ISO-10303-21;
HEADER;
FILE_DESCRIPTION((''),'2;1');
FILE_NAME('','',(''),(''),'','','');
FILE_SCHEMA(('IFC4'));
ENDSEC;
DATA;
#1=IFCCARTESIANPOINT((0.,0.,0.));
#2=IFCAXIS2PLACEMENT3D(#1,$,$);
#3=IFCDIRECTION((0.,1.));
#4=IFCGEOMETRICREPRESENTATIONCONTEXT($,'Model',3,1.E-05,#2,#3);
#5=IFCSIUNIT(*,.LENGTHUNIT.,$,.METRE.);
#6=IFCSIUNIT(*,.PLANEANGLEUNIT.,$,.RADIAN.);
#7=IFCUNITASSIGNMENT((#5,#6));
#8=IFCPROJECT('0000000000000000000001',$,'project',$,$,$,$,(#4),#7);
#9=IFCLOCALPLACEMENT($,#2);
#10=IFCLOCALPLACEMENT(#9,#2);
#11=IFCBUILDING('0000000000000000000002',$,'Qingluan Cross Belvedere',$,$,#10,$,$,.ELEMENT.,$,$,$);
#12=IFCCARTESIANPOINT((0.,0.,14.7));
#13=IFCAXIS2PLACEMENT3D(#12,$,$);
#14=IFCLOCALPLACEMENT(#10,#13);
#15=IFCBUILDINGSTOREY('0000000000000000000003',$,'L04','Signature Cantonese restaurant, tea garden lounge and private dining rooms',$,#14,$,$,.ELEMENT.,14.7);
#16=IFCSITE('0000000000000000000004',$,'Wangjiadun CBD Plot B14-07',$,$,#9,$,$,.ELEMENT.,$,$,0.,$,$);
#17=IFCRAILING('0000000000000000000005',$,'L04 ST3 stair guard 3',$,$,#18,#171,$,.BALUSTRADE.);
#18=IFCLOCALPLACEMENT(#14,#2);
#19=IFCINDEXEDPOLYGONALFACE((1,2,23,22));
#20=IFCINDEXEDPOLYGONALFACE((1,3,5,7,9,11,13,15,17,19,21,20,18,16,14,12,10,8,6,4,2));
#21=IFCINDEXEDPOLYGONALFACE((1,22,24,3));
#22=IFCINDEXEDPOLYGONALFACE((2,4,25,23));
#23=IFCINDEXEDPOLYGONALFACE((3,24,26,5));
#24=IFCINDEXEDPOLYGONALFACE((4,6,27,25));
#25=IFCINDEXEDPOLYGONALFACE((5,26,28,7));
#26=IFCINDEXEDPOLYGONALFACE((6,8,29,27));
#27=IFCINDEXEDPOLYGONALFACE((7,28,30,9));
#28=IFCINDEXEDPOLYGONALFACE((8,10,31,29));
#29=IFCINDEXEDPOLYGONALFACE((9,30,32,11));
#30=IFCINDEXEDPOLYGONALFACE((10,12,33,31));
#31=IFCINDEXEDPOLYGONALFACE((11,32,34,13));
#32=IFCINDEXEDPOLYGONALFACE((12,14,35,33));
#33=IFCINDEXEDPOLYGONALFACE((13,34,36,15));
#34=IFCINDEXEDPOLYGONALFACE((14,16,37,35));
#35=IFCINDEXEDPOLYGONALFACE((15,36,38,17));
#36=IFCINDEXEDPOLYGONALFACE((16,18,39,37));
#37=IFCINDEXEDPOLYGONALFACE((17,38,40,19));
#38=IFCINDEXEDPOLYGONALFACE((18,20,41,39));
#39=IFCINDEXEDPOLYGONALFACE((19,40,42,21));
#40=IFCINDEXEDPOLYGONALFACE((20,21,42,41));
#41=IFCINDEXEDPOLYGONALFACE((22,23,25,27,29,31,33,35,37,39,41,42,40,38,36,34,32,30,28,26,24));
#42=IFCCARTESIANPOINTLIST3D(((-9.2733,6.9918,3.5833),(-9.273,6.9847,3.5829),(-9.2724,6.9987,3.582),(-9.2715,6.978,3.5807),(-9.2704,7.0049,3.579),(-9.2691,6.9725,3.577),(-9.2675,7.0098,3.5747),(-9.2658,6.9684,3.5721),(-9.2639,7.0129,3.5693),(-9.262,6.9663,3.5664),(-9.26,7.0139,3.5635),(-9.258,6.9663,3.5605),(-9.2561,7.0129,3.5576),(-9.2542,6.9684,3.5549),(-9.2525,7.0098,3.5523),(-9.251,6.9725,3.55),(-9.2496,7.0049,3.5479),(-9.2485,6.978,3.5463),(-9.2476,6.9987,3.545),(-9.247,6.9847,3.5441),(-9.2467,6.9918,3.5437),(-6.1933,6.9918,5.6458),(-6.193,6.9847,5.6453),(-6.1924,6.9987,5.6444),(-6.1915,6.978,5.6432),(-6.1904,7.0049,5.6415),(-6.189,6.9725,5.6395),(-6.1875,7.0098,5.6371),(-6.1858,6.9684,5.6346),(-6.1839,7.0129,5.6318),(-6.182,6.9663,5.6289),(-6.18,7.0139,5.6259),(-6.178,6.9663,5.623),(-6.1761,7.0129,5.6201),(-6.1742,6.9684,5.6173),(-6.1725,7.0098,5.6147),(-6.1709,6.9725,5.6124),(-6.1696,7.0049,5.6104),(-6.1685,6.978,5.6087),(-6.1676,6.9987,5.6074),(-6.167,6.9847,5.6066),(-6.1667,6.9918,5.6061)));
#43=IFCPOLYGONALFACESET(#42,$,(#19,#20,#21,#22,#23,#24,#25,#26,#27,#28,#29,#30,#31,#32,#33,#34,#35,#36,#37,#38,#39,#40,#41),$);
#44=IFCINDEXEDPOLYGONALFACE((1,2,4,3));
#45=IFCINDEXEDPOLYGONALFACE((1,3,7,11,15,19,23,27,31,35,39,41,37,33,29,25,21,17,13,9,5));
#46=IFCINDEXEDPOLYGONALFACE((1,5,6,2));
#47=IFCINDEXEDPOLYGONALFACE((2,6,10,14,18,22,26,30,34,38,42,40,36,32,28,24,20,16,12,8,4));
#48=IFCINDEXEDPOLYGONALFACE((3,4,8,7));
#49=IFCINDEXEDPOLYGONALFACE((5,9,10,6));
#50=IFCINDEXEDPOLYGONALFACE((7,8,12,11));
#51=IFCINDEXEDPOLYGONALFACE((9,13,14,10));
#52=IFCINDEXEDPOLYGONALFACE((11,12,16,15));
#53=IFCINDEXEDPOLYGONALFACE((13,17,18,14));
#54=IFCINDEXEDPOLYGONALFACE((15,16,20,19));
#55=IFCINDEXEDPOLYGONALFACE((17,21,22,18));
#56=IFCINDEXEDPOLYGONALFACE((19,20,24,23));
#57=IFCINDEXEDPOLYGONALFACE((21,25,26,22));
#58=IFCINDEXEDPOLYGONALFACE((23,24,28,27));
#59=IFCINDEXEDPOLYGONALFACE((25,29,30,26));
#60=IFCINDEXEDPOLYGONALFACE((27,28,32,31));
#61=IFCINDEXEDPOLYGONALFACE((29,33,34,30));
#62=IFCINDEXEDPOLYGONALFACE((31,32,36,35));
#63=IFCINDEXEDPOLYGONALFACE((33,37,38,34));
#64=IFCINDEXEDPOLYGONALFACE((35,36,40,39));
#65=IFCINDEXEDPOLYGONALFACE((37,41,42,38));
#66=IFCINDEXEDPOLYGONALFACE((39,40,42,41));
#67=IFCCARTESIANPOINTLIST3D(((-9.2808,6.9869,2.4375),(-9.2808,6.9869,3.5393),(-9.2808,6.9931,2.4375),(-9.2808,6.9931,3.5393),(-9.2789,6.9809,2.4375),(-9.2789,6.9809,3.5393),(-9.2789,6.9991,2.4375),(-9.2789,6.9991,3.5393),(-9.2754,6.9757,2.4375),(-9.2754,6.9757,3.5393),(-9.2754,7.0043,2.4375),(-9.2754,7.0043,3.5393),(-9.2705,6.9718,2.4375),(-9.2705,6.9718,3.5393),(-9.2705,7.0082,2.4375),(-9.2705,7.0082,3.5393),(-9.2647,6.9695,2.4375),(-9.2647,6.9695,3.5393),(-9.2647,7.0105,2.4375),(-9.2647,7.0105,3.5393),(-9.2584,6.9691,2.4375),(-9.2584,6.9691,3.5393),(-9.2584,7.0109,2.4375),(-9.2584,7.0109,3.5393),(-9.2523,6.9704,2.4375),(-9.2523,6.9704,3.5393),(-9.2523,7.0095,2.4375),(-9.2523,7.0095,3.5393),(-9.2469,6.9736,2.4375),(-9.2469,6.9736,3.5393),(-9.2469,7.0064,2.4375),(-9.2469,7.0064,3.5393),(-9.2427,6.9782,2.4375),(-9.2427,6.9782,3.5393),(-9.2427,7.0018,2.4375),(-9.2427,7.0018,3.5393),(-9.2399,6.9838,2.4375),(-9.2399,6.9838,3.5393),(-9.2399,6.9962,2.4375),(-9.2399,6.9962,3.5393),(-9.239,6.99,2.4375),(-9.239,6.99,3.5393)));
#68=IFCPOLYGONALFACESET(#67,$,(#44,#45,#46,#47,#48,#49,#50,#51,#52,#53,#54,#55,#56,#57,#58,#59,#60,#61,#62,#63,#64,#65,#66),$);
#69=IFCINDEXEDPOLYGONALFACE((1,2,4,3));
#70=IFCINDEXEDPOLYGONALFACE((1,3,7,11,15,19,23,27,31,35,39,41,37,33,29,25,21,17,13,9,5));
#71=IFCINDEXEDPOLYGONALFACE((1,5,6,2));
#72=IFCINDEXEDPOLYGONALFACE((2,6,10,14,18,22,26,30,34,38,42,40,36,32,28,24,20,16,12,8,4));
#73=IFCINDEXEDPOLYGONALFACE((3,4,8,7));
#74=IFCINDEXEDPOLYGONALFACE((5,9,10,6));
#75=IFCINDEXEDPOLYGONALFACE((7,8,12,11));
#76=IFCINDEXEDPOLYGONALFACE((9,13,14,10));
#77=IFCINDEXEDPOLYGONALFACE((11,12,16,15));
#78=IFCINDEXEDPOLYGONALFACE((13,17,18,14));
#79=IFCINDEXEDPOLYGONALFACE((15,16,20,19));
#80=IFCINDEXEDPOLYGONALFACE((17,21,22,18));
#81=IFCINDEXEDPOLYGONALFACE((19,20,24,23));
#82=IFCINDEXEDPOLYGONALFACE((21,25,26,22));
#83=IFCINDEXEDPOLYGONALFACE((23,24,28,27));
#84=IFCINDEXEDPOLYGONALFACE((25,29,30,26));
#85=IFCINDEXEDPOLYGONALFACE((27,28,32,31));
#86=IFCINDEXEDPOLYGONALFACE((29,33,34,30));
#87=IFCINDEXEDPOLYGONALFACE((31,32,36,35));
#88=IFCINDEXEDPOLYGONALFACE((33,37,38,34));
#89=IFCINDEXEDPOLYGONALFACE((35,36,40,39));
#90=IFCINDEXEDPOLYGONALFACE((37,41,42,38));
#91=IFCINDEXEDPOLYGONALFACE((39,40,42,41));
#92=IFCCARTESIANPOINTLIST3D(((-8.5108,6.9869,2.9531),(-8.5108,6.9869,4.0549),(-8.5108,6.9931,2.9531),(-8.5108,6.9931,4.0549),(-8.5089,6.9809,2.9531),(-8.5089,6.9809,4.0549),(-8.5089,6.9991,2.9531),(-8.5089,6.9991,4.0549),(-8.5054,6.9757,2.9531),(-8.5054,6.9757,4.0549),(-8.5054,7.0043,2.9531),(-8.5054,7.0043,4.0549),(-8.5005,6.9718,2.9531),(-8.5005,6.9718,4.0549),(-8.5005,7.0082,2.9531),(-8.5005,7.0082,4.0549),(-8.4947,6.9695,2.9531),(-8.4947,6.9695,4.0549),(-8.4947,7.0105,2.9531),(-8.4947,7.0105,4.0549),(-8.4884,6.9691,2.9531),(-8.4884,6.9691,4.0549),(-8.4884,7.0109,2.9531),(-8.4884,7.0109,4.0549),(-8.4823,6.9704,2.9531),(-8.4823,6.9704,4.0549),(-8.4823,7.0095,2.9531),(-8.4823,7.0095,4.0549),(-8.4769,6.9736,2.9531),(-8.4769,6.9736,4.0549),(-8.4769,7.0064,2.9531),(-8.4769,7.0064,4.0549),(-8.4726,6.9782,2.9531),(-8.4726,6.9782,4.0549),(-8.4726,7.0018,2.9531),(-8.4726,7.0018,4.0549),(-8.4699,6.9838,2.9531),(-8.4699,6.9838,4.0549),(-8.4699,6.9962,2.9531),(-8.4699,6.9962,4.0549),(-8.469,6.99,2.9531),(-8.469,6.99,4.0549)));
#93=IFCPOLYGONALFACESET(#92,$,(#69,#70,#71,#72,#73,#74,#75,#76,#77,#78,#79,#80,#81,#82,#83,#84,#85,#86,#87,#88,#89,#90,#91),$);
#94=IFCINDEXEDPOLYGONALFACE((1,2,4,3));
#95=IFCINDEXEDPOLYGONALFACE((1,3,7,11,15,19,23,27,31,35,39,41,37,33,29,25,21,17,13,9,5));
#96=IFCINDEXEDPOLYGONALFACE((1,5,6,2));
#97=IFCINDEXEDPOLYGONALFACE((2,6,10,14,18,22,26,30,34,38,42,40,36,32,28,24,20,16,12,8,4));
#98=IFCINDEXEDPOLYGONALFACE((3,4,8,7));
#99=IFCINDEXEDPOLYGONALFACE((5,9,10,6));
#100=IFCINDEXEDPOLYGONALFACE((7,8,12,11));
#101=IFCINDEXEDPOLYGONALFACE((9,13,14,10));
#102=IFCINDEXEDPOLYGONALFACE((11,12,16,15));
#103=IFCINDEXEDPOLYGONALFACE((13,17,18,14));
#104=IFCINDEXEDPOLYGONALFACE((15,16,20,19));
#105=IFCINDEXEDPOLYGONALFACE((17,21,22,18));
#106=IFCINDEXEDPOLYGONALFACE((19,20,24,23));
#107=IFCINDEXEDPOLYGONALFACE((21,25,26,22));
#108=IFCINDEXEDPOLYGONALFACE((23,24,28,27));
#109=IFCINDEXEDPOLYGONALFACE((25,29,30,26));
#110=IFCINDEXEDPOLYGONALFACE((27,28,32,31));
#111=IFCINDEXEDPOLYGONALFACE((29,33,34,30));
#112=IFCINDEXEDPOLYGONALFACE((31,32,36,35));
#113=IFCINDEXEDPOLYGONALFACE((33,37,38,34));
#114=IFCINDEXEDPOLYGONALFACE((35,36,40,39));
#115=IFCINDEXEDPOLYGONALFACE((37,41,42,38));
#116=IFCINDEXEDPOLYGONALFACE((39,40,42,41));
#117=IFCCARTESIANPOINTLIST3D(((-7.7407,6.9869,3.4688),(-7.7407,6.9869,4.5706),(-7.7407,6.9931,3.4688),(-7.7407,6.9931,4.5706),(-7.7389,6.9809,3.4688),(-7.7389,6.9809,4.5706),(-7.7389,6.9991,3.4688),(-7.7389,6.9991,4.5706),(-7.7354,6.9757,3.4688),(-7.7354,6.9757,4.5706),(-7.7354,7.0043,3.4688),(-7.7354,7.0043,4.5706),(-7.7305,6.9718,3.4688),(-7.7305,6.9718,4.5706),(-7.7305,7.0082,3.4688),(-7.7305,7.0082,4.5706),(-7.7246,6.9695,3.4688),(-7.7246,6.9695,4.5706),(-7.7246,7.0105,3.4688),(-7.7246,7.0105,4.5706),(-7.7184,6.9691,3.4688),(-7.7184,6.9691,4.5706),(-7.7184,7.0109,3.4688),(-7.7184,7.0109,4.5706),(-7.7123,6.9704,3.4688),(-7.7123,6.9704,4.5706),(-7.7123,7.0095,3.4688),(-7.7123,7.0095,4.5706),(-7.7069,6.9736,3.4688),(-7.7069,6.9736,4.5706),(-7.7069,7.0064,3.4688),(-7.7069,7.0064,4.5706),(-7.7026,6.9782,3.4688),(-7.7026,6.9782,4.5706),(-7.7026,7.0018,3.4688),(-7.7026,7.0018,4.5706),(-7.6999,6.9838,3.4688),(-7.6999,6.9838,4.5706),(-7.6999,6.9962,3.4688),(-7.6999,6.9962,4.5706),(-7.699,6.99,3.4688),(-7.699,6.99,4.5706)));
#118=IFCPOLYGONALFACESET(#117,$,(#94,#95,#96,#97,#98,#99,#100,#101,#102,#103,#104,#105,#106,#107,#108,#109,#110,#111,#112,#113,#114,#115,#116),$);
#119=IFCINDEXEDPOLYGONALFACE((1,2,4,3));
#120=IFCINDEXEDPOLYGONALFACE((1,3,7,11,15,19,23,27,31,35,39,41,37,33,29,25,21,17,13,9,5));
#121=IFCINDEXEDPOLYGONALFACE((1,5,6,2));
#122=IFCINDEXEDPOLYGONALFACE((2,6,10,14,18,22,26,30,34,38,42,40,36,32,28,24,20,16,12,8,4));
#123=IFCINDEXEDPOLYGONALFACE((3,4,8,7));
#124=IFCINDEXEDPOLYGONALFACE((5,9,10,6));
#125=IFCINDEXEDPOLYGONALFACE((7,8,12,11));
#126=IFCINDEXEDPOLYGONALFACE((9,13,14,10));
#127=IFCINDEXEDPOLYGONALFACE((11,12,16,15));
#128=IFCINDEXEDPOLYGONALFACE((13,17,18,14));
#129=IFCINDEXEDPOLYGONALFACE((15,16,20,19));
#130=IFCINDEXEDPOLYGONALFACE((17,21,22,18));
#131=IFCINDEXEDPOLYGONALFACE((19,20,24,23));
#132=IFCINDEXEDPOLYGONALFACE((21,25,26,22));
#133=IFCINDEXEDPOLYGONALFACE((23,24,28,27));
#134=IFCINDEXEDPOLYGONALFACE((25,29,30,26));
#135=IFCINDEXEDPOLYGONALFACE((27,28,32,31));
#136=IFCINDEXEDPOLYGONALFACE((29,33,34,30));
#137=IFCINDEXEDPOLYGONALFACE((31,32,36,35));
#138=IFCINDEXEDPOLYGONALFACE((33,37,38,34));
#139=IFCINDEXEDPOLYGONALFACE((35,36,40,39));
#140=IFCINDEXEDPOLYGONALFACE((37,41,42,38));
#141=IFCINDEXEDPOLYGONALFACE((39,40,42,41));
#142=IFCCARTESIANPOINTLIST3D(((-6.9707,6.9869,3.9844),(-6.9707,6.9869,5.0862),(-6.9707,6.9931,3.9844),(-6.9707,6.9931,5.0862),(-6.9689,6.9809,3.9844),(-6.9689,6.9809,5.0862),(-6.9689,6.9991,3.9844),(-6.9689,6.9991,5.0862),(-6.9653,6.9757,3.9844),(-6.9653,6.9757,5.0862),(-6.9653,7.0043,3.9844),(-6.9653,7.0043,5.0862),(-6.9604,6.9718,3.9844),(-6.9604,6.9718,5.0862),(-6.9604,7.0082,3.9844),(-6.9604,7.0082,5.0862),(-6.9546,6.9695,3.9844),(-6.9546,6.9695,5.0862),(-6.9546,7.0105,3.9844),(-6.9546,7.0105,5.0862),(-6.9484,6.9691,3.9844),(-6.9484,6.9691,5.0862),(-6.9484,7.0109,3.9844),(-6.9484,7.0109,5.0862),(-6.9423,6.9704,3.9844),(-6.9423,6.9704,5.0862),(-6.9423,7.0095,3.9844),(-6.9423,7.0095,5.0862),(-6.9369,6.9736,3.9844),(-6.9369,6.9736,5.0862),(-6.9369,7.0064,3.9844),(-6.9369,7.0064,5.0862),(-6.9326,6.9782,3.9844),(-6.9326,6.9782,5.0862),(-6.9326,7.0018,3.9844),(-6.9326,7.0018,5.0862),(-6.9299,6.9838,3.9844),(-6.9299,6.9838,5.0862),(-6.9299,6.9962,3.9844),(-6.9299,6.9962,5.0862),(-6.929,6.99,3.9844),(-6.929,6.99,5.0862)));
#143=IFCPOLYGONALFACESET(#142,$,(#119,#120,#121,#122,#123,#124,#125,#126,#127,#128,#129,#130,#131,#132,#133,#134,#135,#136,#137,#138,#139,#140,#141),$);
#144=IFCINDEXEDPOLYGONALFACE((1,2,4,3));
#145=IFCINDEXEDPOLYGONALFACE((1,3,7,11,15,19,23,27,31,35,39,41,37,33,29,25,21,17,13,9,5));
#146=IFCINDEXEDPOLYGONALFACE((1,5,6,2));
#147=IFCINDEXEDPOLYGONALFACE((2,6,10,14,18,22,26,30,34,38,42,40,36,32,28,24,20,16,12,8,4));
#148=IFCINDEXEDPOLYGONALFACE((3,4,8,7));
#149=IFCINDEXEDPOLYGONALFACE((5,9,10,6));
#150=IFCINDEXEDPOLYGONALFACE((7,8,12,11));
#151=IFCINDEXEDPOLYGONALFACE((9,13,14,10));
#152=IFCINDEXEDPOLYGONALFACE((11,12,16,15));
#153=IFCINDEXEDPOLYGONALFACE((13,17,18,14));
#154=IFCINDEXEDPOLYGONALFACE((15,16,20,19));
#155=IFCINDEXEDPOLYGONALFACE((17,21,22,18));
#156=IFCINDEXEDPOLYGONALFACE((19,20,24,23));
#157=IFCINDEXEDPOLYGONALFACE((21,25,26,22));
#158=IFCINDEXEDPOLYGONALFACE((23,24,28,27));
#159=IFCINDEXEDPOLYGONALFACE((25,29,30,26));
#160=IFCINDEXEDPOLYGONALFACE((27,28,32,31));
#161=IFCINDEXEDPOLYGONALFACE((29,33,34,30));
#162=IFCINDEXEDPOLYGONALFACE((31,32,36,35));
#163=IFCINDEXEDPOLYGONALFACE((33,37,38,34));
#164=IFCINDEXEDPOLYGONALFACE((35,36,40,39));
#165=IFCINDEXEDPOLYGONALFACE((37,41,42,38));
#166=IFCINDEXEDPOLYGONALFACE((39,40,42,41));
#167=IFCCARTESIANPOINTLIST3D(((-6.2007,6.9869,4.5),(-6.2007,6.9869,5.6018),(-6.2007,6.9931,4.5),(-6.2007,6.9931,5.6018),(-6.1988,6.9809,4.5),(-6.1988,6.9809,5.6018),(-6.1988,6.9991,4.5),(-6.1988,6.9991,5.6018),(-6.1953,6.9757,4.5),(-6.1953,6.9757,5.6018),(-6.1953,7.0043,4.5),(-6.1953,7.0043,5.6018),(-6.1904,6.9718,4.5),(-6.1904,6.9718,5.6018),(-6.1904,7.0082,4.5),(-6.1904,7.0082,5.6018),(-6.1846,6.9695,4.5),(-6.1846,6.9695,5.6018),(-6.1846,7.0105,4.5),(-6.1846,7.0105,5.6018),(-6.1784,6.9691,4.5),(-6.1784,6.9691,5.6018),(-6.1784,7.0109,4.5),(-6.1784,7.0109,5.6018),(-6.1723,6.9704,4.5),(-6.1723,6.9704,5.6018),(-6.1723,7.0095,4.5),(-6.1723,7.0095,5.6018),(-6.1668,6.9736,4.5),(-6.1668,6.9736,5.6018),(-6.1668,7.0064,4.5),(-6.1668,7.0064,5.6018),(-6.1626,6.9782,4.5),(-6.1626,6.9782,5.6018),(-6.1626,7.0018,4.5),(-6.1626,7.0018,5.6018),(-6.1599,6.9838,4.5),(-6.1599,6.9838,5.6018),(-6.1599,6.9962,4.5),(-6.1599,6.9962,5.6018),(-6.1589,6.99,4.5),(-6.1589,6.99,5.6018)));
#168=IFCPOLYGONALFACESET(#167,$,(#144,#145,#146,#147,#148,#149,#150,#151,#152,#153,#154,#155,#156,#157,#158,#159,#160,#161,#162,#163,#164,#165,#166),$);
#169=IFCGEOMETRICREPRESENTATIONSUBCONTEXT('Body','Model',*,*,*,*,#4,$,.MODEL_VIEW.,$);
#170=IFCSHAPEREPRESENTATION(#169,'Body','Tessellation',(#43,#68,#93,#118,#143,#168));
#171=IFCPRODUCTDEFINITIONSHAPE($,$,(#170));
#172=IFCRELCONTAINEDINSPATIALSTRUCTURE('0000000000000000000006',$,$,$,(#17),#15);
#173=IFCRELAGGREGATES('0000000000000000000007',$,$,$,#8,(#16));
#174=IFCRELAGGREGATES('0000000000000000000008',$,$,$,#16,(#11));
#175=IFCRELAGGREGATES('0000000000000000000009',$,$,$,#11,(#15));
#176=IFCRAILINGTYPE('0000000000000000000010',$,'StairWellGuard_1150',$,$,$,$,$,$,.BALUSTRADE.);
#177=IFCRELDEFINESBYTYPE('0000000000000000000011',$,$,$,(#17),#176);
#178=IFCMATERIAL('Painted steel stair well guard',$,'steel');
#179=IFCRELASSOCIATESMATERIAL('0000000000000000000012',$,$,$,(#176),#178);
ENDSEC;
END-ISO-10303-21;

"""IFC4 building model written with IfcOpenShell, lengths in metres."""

from ifc_helpers import new_model, si_unit, direction, frame, origin, origin_2d, place, context, subcontext, project, spatial, circle, extrude, material, type_object, element, save


model = new_model("IFC4")

# Units and contexts
model_context = context("Model", 3, precision=1e-05, world=origin(), true_north=direction((0.0, 1.0)))
body_context = subcontext(model_context, "Body", "Model", "MODEL_VIEW")
ifc_project = project(units=[si_unit("LENGTHUNIT", "METRE"), si_unit("PLANEANGLEUNIT", "RADIAN")], contexts=[model_context])

# Site, building, storey
site_placement = place(None, origin())
site = spatial("IfcSite", under=ifc_project, at=site_placement, Name="Wangjiadun CBD Plot B14-07", CompositionType="ELEMENT", RefElevation=0.0)
building_placement = place(site_placement, origin())
building = spatial("IfcBuilding", under=site, at=building_placement, Name="Qingluan Cross Belvedere", CompositionType="ELEMENT")
storey_placement = place(building_placement, frame((0.0, 0.0, 14.7)))
storey = spatial("IfcBuildingStorey", under=building, at=storey_placement, Name="L04", Description="Signature Cantonese restaurant, tea garden lounge and private dining rooms", CompositionType="ELEMENT", Elevation=14.7)

# Railing
ifc_material_1 = material(Name="Painted steel stair well guard", Category="steel")
railing_type_1 = type_object("IfcRailingType", Name="StairWellGuard_1150", PredefinedType="BALUSTRADE", material=ifc_material_1)
railing_1_placement = place(storey_placement, frame((-9.26, 6.99, 2.4375)))
element("IfcRailing", 1, at=railing_1_placement, inside=storey, type_object=railing_type_1, Name="L04 ST3 stair guard 3", PredefinedType="BALUSTRADE", context=body_context, shape_type="SweptSolid", body=[
    extrude(circle(Radius=0.0239, at=origin_2d()), frame((0.0, 0.0, 1.126), z_axis=(0.830914, 0.0, 0.556401), x_axis=(0.0, 1.0, 0.0)), (0.0, 0.0, 1.0), 3.7068),
    extrude(circle(Radius=0.021, at=origin_2d()), origin(), (0.0, 0.0, 1.0), 1.1018),
    extrude(circle(Radius=0.021, at=origin_2d()), frame((0.77, 0.0, 0.5156)), (0.0, 0.0, 1.0), 1.1018),
    extrude(circle(Radius=0.021, at=origin_2d()), frame((1.54, 0.0, 1.0312)), (0.0, 0.0, 1.0), 1.1018),
    extrude(circle(Radius=0.021, at=origin_2d()), frame((2.3101, 0.0, 1.5469)), (0.0, 0.0, 1.0), 1.1018),
    extrude(circle(Radius=0.021, at=origin_2d()), frame((3.0801, 0.0, 2.0625)), (0.0, 0.0, 1.0), 1.1018),
])

save(model, "model.ifc")
